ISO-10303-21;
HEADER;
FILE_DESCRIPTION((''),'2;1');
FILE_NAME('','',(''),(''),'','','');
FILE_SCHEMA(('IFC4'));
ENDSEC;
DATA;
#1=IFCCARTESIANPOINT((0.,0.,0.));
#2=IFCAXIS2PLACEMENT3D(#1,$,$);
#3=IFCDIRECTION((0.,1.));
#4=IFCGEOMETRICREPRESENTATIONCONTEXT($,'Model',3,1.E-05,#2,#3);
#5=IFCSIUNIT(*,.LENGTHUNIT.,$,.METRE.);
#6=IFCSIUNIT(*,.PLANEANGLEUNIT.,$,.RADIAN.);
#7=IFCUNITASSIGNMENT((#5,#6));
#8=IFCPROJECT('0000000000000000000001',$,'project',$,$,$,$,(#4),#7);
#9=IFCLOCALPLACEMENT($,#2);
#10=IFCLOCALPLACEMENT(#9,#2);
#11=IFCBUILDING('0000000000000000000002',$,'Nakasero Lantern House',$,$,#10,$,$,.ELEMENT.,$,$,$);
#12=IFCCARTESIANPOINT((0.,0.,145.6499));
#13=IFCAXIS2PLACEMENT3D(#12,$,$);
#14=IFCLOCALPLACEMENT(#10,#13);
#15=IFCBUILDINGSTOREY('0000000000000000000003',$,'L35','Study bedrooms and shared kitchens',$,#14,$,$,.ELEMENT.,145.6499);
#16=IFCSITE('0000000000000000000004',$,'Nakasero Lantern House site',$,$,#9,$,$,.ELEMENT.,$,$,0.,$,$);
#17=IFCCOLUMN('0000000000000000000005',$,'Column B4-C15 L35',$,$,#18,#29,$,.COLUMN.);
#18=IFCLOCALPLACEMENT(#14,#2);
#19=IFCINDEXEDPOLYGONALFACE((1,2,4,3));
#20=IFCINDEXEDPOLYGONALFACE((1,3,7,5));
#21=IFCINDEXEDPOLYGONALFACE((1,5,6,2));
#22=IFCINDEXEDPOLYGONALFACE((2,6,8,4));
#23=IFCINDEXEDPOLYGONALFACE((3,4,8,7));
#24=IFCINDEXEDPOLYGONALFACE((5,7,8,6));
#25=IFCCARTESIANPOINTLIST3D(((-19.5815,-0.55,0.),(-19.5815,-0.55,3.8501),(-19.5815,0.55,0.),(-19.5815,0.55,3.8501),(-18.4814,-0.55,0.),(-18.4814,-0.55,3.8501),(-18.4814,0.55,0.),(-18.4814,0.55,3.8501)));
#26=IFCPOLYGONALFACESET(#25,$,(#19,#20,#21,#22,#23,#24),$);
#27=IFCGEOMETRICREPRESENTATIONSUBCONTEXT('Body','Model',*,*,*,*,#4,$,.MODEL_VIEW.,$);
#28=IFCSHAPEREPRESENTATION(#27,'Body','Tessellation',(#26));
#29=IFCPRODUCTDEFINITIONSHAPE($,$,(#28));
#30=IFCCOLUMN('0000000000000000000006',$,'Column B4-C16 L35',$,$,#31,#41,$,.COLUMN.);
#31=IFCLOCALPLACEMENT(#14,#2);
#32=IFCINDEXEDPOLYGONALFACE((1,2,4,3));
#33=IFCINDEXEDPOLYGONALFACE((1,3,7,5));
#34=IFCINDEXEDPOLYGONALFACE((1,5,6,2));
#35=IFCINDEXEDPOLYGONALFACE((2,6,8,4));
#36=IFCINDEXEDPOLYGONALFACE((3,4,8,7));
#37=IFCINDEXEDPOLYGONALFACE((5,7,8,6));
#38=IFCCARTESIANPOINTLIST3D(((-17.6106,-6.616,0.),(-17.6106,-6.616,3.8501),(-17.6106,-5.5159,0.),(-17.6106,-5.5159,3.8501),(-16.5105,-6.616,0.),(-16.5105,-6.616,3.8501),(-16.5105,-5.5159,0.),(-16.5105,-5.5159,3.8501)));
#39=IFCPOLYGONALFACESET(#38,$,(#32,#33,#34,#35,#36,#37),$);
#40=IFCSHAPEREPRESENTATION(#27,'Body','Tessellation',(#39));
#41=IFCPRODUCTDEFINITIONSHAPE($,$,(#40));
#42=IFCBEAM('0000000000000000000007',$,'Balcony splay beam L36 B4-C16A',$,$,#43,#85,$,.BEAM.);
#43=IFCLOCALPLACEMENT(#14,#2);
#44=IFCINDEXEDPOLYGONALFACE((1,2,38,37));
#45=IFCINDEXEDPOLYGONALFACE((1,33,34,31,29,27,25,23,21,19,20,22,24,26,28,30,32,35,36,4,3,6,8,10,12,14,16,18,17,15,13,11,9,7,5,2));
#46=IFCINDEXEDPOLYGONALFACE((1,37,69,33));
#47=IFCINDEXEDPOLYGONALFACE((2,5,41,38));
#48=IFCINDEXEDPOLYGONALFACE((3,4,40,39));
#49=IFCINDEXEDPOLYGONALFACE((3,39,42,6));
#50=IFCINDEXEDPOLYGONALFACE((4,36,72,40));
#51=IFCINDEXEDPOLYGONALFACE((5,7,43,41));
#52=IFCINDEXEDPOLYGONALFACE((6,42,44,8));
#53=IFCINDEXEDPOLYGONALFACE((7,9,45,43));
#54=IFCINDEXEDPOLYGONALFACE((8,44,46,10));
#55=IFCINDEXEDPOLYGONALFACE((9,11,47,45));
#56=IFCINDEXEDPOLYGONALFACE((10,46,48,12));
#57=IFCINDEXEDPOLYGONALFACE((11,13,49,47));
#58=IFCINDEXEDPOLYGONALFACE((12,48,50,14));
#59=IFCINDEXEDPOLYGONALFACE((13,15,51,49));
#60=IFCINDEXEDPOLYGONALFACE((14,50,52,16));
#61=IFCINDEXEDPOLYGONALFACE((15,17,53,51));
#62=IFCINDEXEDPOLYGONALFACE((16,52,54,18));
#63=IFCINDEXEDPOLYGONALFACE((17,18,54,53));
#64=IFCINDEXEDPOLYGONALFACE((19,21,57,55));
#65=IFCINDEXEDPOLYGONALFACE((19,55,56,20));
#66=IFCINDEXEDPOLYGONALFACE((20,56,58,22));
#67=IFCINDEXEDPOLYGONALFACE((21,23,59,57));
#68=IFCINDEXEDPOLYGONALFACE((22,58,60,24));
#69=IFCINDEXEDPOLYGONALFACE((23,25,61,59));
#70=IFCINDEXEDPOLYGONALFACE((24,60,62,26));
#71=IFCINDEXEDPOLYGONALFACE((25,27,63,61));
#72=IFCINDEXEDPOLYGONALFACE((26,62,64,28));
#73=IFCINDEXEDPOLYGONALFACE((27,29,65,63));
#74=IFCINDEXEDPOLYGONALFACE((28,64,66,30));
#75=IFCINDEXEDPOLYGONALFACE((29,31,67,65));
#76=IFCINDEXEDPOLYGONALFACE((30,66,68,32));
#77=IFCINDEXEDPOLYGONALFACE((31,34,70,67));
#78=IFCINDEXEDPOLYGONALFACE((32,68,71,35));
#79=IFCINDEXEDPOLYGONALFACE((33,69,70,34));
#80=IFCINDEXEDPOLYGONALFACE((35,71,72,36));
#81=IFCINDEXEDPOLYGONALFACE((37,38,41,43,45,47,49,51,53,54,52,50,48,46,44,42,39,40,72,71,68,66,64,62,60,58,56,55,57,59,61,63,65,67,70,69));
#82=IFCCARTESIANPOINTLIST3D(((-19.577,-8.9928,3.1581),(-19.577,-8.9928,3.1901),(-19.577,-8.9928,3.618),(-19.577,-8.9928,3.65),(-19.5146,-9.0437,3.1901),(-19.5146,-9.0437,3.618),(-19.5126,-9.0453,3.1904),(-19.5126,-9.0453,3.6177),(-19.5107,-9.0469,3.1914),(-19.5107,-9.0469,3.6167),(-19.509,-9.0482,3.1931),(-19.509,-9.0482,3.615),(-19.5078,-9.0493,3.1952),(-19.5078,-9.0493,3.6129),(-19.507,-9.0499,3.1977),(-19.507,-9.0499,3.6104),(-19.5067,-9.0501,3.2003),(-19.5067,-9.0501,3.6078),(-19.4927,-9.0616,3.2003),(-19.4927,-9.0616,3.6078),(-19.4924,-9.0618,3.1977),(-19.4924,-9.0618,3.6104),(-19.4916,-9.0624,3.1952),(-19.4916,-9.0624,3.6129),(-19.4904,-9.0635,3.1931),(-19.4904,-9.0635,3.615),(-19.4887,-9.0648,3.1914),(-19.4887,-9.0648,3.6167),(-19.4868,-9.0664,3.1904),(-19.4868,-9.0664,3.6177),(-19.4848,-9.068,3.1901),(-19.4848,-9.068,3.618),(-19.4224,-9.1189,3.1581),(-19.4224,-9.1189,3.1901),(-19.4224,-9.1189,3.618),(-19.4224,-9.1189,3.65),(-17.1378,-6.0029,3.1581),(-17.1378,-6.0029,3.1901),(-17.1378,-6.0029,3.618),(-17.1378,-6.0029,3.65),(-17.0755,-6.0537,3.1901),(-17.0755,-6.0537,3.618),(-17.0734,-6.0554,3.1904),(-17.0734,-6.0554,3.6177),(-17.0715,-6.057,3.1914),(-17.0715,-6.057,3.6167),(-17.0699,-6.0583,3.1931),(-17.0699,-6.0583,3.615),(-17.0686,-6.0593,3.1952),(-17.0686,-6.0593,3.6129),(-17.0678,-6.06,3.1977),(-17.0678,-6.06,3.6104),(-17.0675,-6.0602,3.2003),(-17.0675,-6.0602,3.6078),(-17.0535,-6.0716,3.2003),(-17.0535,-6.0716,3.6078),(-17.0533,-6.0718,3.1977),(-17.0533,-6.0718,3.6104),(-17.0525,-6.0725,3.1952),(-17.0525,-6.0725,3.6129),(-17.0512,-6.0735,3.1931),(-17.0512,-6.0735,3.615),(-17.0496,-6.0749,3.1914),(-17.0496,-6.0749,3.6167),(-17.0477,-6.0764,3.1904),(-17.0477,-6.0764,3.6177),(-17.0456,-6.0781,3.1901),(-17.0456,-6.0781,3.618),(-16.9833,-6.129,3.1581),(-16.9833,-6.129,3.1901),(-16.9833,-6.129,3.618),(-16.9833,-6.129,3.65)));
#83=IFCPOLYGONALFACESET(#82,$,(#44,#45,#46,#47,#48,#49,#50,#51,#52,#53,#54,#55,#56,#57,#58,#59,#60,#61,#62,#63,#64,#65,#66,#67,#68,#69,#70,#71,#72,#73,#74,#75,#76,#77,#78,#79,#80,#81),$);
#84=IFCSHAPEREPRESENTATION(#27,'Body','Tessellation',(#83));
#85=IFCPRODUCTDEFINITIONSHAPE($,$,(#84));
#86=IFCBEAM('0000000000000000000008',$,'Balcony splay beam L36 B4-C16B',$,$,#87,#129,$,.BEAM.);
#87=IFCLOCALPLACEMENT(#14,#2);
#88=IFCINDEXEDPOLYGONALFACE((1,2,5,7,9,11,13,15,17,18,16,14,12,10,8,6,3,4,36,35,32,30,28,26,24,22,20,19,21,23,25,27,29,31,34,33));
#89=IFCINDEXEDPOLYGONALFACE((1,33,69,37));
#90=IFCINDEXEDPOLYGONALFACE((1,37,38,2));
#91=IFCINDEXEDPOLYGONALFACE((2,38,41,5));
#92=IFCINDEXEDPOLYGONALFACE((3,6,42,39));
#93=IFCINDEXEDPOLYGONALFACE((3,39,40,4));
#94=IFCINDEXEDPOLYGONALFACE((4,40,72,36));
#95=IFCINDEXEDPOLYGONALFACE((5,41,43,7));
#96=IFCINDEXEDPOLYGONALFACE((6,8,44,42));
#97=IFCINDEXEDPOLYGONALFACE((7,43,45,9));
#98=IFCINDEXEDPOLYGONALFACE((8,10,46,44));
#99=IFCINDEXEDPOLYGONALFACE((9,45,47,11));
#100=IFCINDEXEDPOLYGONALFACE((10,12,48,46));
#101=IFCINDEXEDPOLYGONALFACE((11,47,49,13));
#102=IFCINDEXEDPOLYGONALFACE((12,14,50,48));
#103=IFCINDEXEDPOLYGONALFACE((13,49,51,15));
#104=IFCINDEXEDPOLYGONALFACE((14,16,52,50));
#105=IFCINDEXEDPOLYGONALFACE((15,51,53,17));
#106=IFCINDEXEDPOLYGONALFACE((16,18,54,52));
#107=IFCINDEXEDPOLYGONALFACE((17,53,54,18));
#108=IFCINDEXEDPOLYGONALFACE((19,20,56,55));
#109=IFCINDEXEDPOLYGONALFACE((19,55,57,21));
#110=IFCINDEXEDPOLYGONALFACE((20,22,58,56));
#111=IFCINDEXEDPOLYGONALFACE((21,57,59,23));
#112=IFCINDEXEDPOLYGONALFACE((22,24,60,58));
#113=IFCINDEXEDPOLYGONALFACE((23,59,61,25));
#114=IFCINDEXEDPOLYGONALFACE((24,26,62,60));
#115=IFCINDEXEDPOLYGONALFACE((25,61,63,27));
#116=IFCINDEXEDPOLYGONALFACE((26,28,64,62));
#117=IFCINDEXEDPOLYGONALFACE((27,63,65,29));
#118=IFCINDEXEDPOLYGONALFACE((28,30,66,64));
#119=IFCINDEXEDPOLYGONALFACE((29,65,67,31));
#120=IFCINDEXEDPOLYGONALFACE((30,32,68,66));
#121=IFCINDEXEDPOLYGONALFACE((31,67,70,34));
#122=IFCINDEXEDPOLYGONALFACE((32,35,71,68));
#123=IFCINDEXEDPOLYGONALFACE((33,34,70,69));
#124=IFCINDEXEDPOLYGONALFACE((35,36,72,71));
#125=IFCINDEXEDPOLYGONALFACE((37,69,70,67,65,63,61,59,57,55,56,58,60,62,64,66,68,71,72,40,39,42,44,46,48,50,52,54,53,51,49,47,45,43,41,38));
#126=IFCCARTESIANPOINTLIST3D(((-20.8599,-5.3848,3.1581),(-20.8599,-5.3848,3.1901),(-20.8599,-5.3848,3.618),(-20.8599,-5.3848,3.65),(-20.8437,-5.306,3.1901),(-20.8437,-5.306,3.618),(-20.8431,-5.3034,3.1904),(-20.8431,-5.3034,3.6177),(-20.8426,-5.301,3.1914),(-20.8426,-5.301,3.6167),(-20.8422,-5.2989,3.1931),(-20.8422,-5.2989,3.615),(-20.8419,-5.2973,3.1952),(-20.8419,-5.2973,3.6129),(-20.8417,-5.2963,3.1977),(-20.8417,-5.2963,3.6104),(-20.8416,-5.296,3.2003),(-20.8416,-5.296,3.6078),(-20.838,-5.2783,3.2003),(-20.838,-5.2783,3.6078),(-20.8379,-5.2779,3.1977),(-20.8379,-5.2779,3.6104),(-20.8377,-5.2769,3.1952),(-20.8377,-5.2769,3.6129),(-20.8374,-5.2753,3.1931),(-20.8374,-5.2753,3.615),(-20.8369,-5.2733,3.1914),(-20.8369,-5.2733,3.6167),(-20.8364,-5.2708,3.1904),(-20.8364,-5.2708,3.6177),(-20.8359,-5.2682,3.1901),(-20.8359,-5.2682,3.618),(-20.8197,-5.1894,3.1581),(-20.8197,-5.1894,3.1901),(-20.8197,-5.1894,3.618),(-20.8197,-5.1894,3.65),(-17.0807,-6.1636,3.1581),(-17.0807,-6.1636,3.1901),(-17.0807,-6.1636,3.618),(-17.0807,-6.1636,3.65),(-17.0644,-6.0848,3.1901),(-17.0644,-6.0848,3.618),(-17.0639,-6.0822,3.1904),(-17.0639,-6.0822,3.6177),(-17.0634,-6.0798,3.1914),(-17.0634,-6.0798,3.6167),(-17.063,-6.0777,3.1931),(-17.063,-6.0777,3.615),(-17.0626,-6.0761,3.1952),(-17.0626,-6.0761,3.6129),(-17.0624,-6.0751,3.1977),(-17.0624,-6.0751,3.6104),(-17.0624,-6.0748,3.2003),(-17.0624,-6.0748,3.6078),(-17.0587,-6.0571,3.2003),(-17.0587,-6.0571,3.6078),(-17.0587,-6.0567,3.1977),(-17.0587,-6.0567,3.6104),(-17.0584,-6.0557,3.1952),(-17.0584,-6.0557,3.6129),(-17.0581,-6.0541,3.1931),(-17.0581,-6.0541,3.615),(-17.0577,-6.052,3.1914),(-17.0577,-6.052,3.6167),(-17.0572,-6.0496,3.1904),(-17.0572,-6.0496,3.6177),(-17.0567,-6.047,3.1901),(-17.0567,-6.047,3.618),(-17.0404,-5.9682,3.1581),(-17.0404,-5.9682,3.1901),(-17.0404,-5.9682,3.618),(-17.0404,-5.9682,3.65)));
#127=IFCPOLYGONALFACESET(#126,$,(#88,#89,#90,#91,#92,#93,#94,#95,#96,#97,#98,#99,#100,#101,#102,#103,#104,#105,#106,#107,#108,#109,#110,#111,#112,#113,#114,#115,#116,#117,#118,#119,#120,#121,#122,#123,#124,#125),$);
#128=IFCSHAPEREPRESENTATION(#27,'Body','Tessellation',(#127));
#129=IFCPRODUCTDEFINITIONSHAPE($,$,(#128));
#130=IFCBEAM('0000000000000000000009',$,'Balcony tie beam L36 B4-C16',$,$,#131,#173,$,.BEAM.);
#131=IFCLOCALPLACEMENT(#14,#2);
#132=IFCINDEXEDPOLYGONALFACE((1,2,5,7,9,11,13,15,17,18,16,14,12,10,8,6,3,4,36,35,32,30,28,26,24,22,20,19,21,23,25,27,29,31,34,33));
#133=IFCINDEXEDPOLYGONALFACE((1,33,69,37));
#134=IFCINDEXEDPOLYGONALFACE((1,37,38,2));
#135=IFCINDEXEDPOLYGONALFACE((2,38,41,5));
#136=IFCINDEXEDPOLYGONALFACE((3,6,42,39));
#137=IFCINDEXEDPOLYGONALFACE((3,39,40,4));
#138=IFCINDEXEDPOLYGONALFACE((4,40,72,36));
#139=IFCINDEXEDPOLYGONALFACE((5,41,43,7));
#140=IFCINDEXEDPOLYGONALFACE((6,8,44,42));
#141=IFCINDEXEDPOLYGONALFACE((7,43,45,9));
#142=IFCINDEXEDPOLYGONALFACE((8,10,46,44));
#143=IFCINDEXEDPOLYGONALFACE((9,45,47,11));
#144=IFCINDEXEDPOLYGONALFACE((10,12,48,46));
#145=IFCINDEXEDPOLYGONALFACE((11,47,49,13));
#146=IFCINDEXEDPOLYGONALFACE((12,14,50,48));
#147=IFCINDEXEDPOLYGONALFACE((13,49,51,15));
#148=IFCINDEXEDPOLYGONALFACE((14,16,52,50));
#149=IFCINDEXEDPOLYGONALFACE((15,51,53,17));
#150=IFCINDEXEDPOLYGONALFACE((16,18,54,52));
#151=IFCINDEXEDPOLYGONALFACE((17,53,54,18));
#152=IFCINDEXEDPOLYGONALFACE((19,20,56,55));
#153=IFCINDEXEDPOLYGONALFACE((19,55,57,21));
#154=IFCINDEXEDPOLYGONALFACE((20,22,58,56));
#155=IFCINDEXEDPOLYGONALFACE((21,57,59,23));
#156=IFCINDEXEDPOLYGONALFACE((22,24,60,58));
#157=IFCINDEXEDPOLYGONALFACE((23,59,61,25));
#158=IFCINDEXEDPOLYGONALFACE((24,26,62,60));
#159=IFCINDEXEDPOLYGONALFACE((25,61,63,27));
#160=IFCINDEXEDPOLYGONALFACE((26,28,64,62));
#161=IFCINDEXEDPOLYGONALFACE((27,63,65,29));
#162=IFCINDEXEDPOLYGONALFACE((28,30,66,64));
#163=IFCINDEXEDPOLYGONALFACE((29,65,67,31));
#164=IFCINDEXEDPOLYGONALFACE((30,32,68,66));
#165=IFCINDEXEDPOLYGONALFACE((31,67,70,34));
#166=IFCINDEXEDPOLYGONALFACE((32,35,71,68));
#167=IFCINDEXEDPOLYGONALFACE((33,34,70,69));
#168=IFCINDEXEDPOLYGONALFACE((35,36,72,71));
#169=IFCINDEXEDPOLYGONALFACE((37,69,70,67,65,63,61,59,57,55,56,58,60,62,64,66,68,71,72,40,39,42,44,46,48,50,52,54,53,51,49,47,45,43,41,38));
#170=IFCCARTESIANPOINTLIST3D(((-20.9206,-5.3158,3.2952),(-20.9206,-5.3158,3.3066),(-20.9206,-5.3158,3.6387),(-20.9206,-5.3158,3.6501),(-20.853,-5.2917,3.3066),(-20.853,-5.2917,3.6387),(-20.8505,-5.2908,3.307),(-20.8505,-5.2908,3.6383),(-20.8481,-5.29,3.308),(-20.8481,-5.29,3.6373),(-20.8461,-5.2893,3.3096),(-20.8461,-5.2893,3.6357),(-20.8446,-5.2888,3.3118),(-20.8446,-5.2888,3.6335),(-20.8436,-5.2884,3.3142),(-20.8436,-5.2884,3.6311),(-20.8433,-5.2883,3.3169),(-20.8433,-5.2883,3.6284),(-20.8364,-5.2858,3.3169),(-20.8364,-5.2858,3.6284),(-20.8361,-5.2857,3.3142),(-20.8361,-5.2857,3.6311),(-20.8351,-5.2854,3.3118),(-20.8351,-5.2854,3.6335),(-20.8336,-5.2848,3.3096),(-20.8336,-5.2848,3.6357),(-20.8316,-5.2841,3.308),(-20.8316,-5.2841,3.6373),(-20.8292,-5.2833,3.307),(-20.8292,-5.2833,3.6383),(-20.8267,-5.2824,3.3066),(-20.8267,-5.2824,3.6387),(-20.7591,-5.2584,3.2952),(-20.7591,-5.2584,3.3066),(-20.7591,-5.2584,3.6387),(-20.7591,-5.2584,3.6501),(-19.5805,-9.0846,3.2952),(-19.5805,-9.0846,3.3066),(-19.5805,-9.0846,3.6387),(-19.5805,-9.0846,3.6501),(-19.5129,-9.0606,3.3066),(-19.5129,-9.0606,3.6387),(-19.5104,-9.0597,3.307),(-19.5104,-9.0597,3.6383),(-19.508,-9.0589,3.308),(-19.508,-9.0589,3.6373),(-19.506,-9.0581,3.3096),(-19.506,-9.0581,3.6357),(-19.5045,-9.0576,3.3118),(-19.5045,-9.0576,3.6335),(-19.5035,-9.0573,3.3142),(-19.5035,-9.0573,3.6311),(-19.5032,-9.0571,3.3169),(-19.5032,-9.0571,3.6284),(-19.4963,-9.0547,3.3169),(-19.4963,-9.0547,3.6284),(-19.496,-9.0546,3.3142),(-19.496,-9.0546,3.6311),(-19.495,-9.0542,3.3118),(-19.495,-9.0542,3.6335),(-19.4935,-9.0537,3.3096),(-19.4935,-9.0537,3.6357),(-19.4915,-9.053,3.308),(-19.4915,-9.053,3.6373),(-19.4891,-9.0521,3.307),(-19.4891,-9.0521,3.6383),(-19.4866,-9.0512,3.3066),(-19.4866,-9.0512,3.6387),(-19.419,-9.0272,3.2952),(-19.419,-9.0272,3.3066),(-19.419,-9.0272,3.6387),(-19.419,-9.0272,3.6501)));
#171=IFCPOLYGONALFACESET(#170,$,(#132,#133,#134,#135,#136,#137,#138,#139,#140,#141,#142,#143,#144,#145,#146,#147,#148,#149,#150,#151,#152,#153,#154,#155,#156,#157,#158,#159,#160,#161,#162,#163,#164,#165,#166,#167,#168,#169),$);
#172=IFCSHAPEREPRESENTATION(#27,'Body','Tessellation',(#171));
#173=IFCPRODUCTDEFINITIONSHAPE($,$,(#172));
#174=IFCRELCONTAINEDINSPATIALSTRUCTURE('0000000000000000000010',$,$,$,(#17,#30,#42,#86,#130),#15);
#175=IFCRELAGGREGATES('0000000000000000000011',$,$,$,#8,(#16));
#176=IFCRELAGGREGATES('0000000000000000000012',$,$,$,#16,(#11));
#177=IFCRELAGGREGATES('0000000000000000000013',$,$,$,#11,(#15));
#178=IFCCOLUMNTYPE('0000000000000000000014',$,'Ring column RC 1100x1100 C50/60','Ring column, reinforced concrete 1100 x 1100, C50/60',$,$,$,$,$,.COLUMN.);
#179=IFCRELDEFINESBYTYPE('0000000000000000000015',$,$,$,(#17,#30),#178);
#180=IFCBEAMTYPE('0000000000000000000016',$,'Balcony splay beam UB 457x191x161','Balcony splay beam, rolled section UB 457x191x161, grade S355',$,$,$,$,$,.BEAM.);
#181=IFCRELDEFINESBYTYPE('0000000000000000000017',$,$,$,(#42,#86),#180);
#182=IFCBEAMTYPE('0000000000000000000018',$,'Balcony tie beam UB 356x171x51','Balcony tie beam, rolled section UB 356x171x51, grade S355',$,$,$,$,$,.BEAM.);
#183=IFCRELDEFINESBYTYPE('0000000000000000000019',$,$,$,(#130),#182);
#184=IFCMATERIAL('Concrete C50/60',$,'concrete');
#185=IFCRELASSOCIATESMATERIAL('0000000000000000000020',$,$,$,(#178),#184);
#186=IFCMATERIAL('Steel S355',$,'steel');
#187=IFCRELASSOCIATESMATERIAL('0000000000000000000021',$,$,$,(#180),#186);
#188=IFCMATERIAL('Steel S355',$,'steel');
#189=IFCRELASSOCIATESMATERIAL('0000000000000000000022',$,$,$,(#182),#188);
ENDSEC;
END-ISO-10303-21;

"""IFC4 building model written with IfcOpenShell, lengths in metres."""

from ifc_helpers import new_model, si_unit, direction, frame, origin, origin_2d, place, context, subcontext, project, spatial, rectangle, i_section, extrude, material, material_profile, profile_set, type_object, element, save


model = new_model("IFC4")

# Units and contexts
model_context = context("Model", 3, precision=1e-05, world=origin(), true_north=direction((0.0, 1.0)))
body_context = subcontext(model_context, "Body", "Model", "MODEL_VIEW")
ifc_project = project(units=[si_unit("LENGTHUNIT", "METRE"), si_unit("PLANEANGLEUNIT", "RADIAN")], contexts=[model_context])

# Site, building, storey
site_placement = place(None, origin())
site = spatial("IfcSite", under=ifc_project, at=site_placement, Name="Nakasero Lantern House site", CompositionType="ELEMENT", RefElevation=0.0)
building_placement = place(site_placement, origin())
building = spatial("IfcBuilding", under=site, at=building_placement, Name="Nakasero Lantern House", CompositionType="ELEMENT")
storey_placement = place(building_placement, frame((0.0, 0.0, 145.6499)))
storey = spatial("IfcBuildingStorey", under=building, at=storey_placement, Name="L35", Description="Study bedrooms and shared kitchens", CompositionType="ELEMENT", Elevation=145.6499)

# Columns
ifc_material_1 = material(Name="Concrete C50/60", Category="concrete")
ifc_material_profile_1 = material_profile(ifc_material_1, rectangle(XDim=1.1001, YDim=1.1001, at=origin_2d()), Name="RC 1100x1100")
ifc_profile_set_1 = profile_set([ifc_material_profile_1], Name="Concrete C50/60")
column_type = type_object("IfcColumnType", Name="Ring column RC 1100x1100 C50/60", Description="Ring column, reinforced concrete 1100 x 1100, C50/60", PredefinedType="COLUMN", material=ifc_profile_set_1)
for number, where, z_axis, x_axis, name in (
    (1, (-19.0315, 0.0, 0.0), (0.0, 0.0, 1.0), (1.0, 0.0, 0.0), "Column B4-C15 L35"),
    (2, (-17.0605, -6.0659, 0.0), (0.0, 0.0, 1.0), (1.0, 0.0, 0.0), "Column B4-C16 L35"),
):
    element("IfcColumn", number, at=place(storey_placement, frame(where, z_axis=z_axis, x_axis=x_axis)), inside=storey, type_object=column_type, Name=name, PredefinedType="COLUMN", context=body_context, shape_type="SweptSolid", body=[
        extrude(rectangle(XDim=1.1001, YDim=1.1001, at=origin_2d()), origin(), (0.0, 0.0, 1.0), 3.8501),
    ])

# Beams
ifc_material_2 = material(Name="Steel S355", Category="steel")
ifc_material_profile_2 = material_profile(ifc_material_2, i_section(OverallWidth=0.1995, OverallDepth=0.4919, WebThickness=0.0181, FlangeThickness=0.032, FilletRadius=0.0103, at=origin_2d()), Name="UB 457x191x161")
ifc_profile_set_2 = profile_set([ifc_material_profile_2], Name="Steel S355")
beam_type_1 = type_object("IfcBeamType", Name="Balcony splay beam UB 457x191x161", Description="Balcony splay beam, rolled section UB 457x191x161, grade S355", PredefinedType="BEAM", material=ifc_profile_set_2)
for number, where, z_axis, x_axis, name in (
    (3, (-17.0605, -6.0659, 3.4041), (-0.632128, -0.774864, 0.0), (0.774864, -0.632128, 0.0), "Balcony splay beam L36 B4-C16A"),
    (4, (-17.0605, -6.0659, 3.4041), (-0.97942, 0.201831, 0.0), (-0.201831, -0.97942, 0.0), "Balcony splay beam L36 B4-C16B"),
):
    element("IfcBeam", number, at=place(storey_placement, frame(where, z_axis=z_axis, x_axis=x_axis)), inside=storey, type_object=beam_type_1, Name=name, PredefinedType="BEAM", context=body_context, shape_type="SweptSolid", body=[
        extrude(i_section(OverallWidth=0.1995, OverallDepth=0.4919, WebThickness=0.0181, FlangeThickness=0.032, FilletRadius=0.0103, at=origin_2d()), origin(), (0.0, 0.0, 1.0), 3.8586),
    ])
ifc_material_3 = material(Name="Steel S355", Category="steel")
ifc_material_profile_3 = material_profile(ifc_material_3, i_section(OverallWidth=0.1714, OverallDepth=0.355, WebThickness=0.0073, FlangeThickness=0.0115, FilletRadius=0.0103, at=origin_2d()), Name="UB 356x171x51")
ifc_profile_set_3 = profile_set([ifc_material_profile_3], Name="Steel S355")
beam_type_2 = type_object("IfcBeamType", Name="Balcony tie beam UB 356x171x51", Description="Balcony tie beam, rolled section UB 356x171x51, grade S355", PredefinedType="BEAM", material=ifc_profile_set_3)
beam_1_placement = place(storey_placement, frame((-19.4998, -9.0559, 3.4727), z_axis=(-0.335025, 0.942209, 0.0), x_axis=(-0.942209, -0.335025, 0.0)))
element("IfcBeam", 5, at=beam_1_placement, inside=storey, type_object=beam_type_2, Name="Balcony tie beam L36 B4-C16", PredefinedType="BEAM", context=body_context, shape_type="SweptSolid", body=[
    extrude(i_section(OverallWidth=0.1714, OverallDepth=0.355, WebThickness=0.0073, FlangeThickness=0.0115, FilletRadius=0.0103, at=origin_2d()), origin(), (0.0, 0.0, 1.0), 4.0),
])

save(model, "model.ifc")
